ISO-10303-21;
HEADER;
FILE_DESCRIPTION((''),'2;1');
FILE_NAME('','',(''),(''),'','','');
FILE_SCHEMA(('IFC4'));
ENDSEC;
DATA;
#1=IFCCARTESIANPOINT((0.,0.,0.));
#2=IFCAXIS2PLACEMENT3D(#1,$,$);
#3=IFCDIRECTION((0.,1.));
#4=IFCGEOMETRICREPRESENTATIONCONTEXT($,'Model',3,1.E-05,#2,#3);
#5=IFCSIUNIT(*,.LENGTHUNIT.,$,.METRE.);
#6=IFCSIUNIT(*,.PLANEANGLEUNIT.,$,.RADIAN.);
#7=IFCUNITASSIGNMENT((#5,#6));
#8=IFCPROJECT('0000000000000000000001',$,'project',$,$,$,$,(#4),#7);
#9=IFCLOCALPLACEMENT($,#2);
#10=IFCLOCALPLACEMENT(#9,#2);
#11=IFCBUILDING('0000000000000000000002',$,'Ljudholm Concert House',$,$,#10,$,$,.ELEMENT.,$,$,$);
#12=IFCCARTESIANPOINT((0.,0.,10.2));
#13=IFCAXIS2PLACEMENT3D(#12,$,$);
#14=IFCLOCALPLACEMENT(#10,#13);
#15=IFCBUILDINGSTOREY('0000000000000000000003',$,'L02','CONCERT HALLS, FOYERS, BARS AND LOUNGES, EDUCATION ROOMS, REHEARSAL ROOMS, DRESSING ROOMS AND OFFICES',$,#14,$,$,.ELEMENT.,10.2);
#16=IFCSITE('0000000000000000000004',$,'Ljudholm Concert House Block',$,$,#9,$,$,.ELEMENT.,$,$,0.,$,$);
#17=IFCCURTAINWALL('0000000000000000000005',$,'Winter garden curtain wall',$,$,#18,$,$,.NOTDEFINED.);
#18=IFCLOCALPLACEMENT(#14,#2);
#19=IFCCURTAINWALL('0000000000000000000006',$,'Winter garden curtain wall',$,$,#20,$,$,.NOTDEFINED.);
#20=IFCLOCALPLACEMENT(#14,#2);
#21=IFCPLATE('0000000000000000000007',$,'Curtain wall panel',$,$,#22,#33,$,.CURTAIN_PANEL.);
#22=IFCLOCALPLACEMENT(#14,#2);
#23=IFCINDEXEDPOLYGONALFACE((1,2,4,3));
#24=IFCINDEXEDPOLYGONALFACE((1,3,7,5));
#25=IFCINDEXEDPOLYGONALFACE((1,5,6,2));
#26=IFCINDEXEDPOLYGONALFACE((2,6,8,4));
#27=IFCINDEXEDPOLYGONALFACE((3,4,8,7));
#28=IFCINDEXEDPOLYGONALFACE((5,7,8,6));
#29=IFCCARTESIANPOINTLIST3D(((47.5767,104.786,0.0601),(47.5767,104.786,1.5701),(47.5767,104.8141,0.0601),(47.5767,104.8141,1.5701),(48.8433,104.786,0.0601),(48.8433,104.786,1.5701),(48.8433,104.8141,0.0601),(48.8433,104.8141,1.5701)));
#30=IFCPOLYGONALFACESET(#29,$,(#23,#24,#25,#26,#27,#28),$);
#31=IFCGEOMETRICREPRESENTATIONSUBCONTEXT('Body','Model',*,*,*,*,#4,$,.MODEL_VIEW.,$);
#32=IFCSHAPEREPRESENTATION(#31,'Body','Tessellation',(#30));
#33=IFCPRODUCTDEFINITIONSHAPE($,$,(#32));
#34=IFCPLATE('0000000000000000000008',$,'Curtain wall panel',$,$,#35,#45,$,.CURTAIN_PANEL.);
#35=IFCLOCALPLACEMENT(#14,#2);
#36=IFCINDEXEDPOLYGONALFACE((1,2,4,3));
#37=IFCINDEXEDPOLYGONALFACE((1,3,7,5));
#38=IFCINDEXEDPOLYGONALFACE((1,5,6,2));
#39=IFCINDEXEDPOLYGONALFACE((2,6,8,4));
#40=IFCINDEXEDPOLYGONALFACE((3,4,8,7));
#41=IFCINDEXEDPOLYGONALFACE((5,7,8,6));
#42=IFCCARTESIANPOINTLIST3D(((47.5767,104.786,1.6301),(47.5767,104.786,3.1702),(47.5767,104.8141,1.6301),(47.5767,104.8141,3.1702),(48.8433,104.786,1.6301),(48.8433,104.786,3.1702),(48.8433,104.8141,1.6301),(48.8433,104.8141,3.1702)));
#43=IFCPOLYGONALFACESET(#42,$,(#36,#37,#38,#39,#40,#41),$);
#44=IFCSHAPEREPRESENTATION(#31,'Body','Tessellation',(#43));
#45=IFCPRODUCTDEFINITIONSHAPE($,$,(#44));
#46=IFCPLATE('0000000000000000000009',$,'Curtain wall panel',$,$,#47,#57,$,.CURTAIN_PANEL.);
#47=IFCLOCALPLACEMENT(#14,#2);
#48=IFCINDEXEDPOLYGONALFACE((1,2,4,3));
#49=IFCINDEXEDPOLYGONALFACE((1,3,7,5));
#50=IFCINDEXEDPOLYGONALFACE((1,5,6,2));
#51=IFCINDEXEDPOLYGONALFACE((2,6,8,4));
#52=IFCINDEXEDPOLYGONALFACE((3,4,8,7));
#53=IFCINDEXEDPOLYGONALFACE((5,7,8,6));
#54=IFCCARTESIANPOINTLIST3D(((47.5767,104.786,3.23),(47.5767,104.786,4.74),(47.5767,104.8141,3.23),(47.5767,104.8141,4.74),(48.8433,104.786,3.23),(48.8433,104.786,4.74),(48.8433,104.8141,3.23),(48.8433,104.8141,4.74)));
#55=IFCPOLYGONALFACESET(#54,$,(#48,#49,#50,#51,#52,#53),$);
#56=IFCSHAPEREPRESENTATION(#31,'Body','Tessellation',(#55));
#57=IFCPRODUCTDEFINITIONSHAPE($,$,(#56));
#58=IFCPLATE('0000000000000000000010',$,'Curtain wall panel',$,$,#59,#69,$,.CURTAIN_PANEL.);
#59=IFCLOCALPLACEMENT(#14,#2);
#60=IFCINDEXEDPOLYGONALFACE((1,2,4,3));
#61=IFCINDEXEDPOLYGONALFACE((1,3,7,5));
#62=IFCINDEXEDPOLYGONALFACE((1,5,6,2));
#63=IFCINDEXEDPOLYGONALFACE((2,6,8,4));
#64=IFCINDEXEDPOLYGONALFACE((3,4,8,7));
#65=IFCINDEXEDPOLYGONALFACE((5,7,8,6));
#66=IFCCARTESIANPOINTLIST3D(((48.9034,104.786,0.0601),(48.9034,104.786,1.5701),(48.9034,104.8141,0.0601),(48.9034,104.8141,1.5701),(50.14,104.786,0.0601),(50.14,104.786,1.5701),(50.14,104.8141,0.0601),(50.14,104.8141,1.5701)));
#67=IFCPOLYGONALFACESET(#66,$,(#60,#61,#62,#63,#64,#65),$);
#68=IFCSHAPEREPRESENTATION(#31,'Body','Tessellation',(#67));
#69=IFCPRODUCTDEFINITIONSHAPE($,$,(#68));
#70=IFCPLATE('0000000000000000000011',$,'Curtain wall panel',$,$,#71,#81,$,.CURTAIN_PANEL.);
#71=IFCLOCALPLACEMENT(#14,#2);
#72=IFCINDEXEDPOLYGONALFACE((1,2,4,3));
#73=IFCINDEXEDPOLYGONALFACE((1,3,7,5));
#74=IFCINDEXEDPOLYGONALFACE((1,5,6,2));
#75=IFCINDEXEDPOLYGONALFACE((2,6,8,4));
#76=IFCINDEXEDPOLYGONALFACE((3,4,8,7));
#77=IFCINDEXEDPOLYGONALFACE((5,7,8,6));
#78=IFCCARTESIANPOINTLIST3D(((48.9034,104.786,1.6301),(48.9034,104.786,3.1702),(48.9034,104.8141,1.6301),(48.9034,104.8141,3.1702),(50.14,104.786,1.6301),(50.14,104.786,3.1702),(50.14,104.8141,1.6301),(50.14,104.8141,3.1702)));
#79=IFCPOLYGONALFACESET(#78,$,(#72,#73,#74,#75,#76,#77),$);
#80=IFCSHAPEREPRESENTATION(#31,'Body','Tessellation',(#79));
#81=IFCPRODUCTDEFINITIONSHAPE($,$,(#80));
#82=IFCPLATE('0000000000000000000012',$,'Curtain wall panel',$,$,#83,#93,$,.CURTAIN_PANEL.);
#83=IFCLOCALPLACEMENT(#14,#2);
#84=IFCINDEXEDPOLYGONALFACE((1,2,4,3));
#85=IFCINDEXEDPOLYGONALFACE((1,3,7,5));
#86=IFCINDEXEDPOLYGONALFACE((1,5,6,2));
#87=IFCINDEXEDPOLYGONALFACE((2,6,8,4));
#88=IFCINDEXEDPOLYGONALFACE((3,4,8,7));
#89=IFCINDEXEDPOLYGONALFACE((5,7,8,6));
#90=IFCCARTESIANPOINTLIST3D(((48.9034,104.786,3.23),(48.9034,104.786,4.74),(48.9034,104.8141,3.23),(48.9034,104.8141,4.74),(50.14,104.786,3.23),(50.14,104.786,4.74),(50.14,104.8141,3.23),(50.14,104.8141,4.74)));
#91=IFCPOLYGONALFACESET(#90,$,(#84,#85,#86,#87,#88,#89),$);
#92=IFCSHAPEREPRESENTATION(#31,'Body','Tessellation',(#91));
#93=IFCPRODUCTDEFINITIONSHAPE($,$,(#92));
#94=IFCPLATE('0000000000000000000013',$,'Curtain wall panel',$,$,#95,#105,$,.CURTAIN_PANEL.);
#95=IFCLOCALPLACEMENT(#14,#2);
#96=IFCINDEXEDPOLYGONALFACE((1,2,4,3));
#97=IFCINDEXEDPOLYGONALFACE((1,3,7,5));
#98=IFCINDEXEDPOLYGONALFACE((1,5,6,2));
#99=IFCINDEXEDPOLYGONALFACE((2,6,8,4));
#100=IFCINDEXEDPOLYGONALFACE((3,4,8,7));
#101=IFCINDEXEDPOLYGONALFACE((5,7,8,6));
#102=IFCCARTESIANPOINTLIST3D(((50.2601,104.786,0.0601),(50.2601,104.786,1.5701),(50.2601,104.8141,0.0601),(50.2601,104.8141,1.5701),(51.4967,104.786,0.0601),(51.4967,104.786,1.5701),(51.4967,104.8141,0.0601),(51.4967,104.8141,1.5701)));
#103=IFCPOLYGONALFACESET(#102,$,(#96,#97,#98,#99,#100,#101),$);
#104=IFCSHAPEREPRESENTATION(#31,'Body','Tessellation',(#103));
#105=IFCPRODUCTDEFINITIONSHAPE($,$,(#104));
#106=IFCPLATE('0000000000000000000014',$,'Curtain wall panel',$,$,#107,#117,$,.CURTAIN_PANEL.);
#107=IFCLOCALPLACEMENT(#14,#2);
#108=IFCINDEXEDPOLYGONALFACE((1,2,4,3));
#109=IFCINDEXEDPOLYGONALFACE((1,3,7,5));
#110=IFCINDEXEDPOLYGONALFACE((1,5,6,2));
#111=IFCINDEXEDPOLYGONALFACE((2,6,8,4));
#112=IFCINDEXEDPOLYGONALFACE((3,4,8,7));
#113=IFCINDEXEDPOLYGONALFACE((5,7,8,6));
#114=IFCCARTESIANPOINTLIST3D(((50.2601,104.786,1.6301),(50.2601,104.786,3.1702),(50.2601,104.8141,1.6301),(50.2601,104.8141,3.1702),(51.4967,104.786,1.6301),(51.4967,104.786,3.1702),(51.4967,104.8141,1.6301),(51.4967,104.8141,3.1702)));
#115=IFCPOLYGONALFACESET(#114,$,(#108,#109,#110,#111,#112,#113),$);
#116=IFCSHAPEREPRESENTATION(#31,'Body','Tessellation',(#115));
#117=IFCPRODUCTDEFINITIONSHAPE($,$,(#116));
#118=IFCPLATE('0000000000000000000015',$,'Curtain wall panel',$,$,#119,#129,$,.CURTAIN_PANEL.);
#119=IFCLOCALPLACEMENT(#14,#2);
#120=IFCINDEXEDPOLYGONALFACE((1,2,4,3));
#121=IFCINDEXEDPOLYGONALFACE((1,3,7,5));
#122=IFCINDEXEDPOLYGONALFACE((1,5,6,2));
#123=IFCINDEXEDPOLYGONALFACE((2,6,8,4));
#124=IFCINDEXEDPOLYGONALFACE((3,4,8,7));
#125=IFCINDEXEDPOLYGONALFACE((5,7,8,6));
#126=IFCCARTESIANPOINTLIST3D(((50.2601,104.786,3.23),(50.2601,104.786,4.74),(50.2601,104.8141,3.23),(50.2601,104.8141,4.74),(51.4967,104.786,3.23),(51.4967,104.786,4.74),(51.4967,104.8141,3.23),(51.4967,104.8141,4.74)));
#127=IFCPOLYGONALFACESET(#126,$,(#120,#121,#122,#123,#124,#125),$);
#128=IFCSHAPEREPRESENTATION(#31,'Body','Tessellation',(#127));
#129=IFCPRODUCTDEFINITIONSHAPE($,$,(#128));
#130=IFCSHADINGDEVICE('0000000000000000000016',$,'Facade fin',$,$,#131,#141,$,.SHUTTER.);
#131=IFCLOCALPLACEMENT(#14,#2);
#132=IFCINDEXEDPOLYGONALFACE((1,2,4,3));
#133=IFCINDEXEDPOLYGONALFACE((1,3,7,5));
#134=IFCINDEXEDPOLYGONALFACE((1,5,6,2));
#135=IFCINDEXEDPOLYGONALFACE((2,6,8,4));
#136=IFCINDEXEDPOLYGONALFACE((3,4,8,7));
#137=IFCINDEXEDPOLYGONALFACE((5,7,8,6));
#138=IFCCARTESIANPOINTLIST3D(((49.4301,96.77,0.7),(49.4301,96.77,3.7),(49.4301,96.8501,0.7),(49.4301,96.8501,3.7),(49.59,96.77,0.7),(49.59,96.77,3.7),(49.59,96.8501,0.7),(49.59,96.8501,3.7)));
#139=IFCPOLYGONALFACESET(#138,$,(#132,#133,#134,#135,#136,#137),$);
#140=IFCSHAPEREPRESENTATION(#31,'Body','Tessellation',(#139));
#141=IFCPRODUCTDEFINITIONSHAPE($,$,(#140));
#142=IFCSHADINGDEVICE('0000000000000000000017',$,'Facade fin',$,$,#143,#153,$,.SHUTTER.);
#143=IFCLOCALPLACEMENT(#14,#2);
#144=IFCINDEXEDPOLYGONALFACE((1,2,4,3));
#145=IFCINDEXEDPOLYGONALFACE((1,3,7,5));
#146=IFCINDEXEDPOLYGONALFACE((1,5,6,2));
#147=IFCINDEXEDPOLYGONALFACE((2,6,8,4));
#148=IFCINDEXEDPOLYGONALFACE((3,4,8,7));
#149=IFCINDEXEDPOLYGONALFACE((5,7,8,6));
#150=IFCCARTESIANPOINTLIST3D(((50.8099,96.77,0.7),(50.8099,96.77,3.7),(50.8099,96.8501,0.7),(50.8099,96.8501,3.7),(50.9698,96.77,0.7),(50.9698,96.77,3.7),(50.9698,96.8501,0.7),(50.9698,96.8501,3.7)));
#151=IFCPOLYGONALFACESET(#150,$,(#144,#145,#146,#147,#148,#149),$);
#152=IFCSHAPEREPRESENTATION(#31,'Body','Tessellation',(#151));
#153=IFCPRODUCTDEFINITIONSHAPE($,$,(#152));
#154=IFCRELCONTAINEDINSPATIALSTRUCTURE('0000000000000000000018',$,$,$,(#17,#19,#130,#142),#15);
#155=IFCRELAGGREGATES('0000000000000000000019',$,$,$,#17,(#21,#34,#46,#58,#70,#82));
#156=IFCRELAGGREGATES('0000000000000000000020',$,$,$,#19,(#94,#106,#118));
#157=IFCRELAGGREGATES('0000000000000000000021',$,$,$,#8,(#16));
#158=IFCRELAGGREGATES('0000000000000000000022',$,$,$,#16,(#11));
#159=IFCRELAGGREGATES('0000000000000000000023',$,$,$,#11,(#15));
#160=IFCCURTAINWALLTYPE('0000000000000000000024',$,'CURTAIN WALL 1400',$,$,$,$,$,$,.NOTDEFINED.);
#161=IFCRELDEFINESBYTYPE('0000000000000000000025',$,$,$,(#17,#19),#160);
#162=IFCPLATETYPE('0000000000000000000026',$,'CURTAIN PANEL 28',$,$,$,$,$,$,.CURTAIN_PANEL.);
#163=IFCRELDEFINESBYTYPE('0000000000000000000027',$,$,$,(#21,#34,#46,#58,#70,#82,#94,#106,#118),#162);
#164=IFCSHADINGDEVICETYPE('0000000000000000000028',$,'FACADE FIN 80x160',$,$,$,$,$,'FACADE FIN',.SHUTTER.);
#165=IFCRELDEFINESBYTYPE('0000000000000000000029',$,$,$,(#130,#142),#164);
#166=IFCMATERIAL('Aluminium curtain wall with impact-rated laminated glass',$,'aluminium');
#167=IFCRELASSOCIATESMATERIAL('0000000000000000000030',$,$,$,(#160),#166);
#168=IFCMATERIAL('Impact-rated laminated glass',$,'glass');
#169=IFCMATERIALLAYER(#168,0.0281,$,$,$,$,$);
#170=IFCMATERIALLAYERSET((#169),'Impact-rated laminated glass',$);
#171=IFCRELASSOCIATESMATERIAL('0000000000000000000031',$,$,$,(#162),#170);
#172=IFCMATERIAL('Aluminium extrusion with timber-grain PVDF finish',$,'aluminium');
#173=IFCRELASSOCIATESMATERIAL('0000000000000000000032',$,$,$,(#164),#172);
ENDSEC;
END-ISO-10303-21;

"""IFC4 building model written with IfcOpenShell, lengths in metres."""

from ifc_helpers import new_model, si_unit, direction, frame, origin, origin_2d, place, context, subcontext, project, spatial, rectangle, extrude, material, layer, layer_set, type_object, element, aggregate, save


model = new_model("IFC4")

# Units and contexts
model_context = context("Model", 3, precision=1e-05, world=origin(), true_north=direction((0.0, 1.0)))
body_context = subcontext(model_context, "Body", "Model", "MODEL_VIEW")
ifc_project = project(units=[si_unit("LENGTHUNIT", "METRE"), si_unit("PLANEANGLEUNIT", "RADIAN")], contexts=[model_context])

# Site, building, storey
site_placement = place(None, origin())
site = spatial("IfcSite", under=ifc_project, at=site_placement, Name="Ljudholm Concert House Block", CompositionType="ELEMENT", RefElevation=0.0)
building_placement = place(site_placement, origin())
building = spatial("IfcBuilding", under=site, at=building_placement, Name="Ljudholm Concert House", CompositionType="ELEMENT")
storey_placement = place(building_placement, frame((0.0, 0.0, 10.2)))
storey = spatial("IfcBuildingStorey", under=building, at=storey_placement, Name="L02", Description="CONCERT HALLS, FOYERS, BARS AND LOUNGES, EDUCATION ROOMS, REHEARSAL ROOMS, DRESSING ROOMS AND OFFICES", CompositionType="ELEMENT", Elevation=10.2)

# Curtain walls
ifc_material_1 = material(Name="Aluminium curtain wall with impact-rated laminated glass", Category="aluminium")
curtain_wall_type = type_object("IfcCurtainWallType", Name="CURTAIN WALL 1400", PredefinedType="NOTDEFINED", material=ifc_material_1)
curtain_wall_1_placement = place(storey_placement, origin())
curtain_wall_1 = element("IfcCurtainWall", 1, at=curtain_wall_1_placement, inside=storey, type_object=curtain_wall_type, Name="Winter garden curtain wall", PredefinedType="NOTDEFINED")
curtain_wall_2_placement = place(storey_placement, origin())
curtain_wall_2 = element("IfcCurtainWall", 2, at=curtain_wall_2_placement, inside=storey, type_object=curtain_wall_type, Name="Winter garden curtain wall", PredefinedType="NOTDEFINED")

# Plates
ifc_material_2 = material(Name="Impact-rated laminated glass", Category="glass")
ifc_layer = layer(ifc_material_2, 0.0281)
ifc_layer_set = layer_set([ifc_layer], Name="Impact-rated laminated glass")
plate_type = type_object("IfcPlateType", Name="CURTAIN PANEL 28", PredefinedType="CURTAIN_PANEL", material=ifc_layer_set)
plate_1_placement = place(storey_placement, frame((48.21, 104.8, 0.0601), z_axis=(0.0, 0.0, 1.0), x_axis=(1.0, 0.0, 0.0)))
plate_1 = element("IfcPlate", 3, at=plate_1_placement, type_object=plate_type, Name="Curtain wall panel", PredefinedType="CURTAIN_PANEL", context=body_context, shape_type="SweptSolid", body=[
    extrude(rectangle(XDim=1.2666, YDim=0.0281, at=origin_2d()), origin(), (0.0, 0.0, 1.0), 1.51),
])
plate_2_placement = place(storey_placement, frame((48.21, 104.8, 1.6301), z_axis=(0.0, 0.0, 1.0), x_axis=(1.0, 0.0, 0.0)))
plate_2 = element("IfcPlate", 4, at=plate_2_placement, type_object=plate_type, Name="Curtain wall panel", PredefinedType="CURTAIN_PANEL", context=body_context, shape_type="SweptSolid", body=[
    extrude(rectangle(XDim=1.2666, YDim=0.0281, at=origin_2d()), origin(), (0.0, 0.0, 1.0), 1.54),
])
plate_3_placement = place(storey_placement, frame((48.21, 104.8, 3.23), z_axis=(0.0, 0.0, 1.0), x_axis=(1.0, 0.0, 0.0)))
plate_3 = element("IfcPlate", 5, at=plate_3_placement, type_object=plate_type, Name="Curtain wall panel", PredefinedType="CURTAIN_PANEL", context=body_context, shape_type="SweptSolid", body=[
    extrude(rectangle(XDim=1.2666, YDim=0.0281, at=origin_2d()), origin(), (0.0, 0.0, 1.0), 1.51),
])
plate_4_placement = place(storey_placement, frame((49.5217, 104.8, 0.0601), z_axis=(0.0, 0.0, 1.0), x_axis=(1.0, 0.0, 0.0)))
plate_4 = element("IfcPlate", 6, at=plate_4_placement, type_object=plate_type, Name="Curtain wall panel", PredefinedType="CURTAIN_PANEL", context=body_context, shape_type="SweptSolid", body=[
    extrude(rectangle(XDim=1.2366, YDim=0.0281, at=origin_2d()), origin(), (0.0, 0.0, 1.0), 1.51),
])
plate_5_placement = place(storey_placement, frame((49.5217, 104.8, 1.6301), z_axis=(0.0, 0.0, 1.0), x_axis=(1.0, 0.0, 0.0)))
plate_5 = element("IfcPlate", 7, at=plate_5_placement, type_object=plate_type, Name="Curtain wall panel", PredefinedType="CURTAIN_PANEL", context=body_context, shape_type="SweptSolid", body=[
    extrude(rectangle(XDim=1.2366, YDim=0.0281, at=origin_2d()), origin(), (0.0, 0.0, 1.0), 1.54),
])
plate_6_placement = place(storey_placement, frame((49.5217, 104.8, 3.23), z_axis=(0.0, 0.0, 1.0), x_axis=(1.0, 0.0, 0.0)))
plate_6 = element("IfcPlate", 8, at=plate_6_placement, type_object=plate_type, Name="Curtain wall panel", PredefinedType="CURTAIN_PANEL", context=body_context, shape_type="SweptSolid", body=[
    extrude(rectangle(XDim=1.2366, YDim=0.0281, at=origin_2d()), origin(), (0.0, 0.0, 1.0), 1.51),
])
aggregate(curtain_wall_1, [plate_1, plate_2, plate_3, plate_4, plate_5, plate_6])
plate_7_placement = place(storey_placement, frame((50.8784, 104.8, 0.0601), z_axis=(0.0, 0.0, 1.0), x_axis=(1.0, 0.0, 0.0)))
plate_7 = element("IfcPlate", 9, at=plate_7_placement, type_object=plate_type, Name="Curtain wall panel", PredefinedType="CURTAIN_PANEL", context=body_context, shape_type="SweptSolid", body=[
    extrude(rectangle(XDim=1.2366, YDim=0.0281, at=origin_2d()), origin(), (0.0, 0.0, 1.0), 1.51),
])
plate_8_placement = place(storey_placement, frame((50.8784, 104.8, 1.6301), z_axis=(0.0, 0.0, 1.0), x_axis=(1.0, 0.0, 0.0)))
plate_8 = element("IfcPlate", 10, at=plate_8_placement, type_object=plate_type, Name="Curtain wall panel", PredefinedType="CURTAIN_PANEL", context=body_context, shape_type="SweptSolid", body=[
    extrude(rectangle(XDim=1.2366, YDim=0.0281, at=origin_2d()), origin(), (0.0, 0.0, 1.0), 1.54),
])
plate_9_placement = place(storey_placement, frame((50.8784, 104.8, 3.23), z_axis=(0.0, 0.0, 1.0), x_axis=(1.0, 0.0, 0.0)))
plate_9 = element("IfcPlate", 11, at=plate_9_placement, type_object=plate_type, Name="Curtain wall panel", PredefinedType="CURTAIN_PANEL", context=body_context, shape_type="SweptSolid", body=[
    extrude(rectangle(XDim=1.2366, YDim=0.0281, at=origin_2d()), origin(), (0.0, 0.0, 1.0), 1.51),
])
aggregate(curtain_wall_2, [plate_7, plate_8, plate_9])

# Shading devices
ifc_material_3 = material(Name="Aluminium extrusion with timber-grain PVDF finish", Category="aluminium")
shading_device_type = type_object("IfcShadingDeviceType", Name="FACADE FIN 80x160", ElementType="FACADE FIN", PredefinedType="SHUTTER", material=ifc_material_3)
for number, where, z_axis, x_axis, name in (
    (12, (49.51, 96.8101, 0.7), (0.0, 0.0, 1.0), (0.0, 1.0, 0.0), "Facade fin"),
    (13, (50.8899, 96.8101, 0.7), (0.0, 0.0, 1.0), (0.0, 1.0, 0.0), "Facade fin"),
):
    element("IfcShadingDevice", number, at=place(storey_placement, frame(where, z_axis=z_axis, x_axis=x_axis)), inside=storey, type_object=shading_device_type, Name=name, PredefinedType="SHUTTER", context=body_context, shape_type="SweptSolid", body=[
        extrude(rectangle(XDim=0.0801, YDim=0.1599, at=origin_2d()), origin(), (0.0, 0.0, 1.0), 3.0),
    ])

save(model, "model.ifc")
